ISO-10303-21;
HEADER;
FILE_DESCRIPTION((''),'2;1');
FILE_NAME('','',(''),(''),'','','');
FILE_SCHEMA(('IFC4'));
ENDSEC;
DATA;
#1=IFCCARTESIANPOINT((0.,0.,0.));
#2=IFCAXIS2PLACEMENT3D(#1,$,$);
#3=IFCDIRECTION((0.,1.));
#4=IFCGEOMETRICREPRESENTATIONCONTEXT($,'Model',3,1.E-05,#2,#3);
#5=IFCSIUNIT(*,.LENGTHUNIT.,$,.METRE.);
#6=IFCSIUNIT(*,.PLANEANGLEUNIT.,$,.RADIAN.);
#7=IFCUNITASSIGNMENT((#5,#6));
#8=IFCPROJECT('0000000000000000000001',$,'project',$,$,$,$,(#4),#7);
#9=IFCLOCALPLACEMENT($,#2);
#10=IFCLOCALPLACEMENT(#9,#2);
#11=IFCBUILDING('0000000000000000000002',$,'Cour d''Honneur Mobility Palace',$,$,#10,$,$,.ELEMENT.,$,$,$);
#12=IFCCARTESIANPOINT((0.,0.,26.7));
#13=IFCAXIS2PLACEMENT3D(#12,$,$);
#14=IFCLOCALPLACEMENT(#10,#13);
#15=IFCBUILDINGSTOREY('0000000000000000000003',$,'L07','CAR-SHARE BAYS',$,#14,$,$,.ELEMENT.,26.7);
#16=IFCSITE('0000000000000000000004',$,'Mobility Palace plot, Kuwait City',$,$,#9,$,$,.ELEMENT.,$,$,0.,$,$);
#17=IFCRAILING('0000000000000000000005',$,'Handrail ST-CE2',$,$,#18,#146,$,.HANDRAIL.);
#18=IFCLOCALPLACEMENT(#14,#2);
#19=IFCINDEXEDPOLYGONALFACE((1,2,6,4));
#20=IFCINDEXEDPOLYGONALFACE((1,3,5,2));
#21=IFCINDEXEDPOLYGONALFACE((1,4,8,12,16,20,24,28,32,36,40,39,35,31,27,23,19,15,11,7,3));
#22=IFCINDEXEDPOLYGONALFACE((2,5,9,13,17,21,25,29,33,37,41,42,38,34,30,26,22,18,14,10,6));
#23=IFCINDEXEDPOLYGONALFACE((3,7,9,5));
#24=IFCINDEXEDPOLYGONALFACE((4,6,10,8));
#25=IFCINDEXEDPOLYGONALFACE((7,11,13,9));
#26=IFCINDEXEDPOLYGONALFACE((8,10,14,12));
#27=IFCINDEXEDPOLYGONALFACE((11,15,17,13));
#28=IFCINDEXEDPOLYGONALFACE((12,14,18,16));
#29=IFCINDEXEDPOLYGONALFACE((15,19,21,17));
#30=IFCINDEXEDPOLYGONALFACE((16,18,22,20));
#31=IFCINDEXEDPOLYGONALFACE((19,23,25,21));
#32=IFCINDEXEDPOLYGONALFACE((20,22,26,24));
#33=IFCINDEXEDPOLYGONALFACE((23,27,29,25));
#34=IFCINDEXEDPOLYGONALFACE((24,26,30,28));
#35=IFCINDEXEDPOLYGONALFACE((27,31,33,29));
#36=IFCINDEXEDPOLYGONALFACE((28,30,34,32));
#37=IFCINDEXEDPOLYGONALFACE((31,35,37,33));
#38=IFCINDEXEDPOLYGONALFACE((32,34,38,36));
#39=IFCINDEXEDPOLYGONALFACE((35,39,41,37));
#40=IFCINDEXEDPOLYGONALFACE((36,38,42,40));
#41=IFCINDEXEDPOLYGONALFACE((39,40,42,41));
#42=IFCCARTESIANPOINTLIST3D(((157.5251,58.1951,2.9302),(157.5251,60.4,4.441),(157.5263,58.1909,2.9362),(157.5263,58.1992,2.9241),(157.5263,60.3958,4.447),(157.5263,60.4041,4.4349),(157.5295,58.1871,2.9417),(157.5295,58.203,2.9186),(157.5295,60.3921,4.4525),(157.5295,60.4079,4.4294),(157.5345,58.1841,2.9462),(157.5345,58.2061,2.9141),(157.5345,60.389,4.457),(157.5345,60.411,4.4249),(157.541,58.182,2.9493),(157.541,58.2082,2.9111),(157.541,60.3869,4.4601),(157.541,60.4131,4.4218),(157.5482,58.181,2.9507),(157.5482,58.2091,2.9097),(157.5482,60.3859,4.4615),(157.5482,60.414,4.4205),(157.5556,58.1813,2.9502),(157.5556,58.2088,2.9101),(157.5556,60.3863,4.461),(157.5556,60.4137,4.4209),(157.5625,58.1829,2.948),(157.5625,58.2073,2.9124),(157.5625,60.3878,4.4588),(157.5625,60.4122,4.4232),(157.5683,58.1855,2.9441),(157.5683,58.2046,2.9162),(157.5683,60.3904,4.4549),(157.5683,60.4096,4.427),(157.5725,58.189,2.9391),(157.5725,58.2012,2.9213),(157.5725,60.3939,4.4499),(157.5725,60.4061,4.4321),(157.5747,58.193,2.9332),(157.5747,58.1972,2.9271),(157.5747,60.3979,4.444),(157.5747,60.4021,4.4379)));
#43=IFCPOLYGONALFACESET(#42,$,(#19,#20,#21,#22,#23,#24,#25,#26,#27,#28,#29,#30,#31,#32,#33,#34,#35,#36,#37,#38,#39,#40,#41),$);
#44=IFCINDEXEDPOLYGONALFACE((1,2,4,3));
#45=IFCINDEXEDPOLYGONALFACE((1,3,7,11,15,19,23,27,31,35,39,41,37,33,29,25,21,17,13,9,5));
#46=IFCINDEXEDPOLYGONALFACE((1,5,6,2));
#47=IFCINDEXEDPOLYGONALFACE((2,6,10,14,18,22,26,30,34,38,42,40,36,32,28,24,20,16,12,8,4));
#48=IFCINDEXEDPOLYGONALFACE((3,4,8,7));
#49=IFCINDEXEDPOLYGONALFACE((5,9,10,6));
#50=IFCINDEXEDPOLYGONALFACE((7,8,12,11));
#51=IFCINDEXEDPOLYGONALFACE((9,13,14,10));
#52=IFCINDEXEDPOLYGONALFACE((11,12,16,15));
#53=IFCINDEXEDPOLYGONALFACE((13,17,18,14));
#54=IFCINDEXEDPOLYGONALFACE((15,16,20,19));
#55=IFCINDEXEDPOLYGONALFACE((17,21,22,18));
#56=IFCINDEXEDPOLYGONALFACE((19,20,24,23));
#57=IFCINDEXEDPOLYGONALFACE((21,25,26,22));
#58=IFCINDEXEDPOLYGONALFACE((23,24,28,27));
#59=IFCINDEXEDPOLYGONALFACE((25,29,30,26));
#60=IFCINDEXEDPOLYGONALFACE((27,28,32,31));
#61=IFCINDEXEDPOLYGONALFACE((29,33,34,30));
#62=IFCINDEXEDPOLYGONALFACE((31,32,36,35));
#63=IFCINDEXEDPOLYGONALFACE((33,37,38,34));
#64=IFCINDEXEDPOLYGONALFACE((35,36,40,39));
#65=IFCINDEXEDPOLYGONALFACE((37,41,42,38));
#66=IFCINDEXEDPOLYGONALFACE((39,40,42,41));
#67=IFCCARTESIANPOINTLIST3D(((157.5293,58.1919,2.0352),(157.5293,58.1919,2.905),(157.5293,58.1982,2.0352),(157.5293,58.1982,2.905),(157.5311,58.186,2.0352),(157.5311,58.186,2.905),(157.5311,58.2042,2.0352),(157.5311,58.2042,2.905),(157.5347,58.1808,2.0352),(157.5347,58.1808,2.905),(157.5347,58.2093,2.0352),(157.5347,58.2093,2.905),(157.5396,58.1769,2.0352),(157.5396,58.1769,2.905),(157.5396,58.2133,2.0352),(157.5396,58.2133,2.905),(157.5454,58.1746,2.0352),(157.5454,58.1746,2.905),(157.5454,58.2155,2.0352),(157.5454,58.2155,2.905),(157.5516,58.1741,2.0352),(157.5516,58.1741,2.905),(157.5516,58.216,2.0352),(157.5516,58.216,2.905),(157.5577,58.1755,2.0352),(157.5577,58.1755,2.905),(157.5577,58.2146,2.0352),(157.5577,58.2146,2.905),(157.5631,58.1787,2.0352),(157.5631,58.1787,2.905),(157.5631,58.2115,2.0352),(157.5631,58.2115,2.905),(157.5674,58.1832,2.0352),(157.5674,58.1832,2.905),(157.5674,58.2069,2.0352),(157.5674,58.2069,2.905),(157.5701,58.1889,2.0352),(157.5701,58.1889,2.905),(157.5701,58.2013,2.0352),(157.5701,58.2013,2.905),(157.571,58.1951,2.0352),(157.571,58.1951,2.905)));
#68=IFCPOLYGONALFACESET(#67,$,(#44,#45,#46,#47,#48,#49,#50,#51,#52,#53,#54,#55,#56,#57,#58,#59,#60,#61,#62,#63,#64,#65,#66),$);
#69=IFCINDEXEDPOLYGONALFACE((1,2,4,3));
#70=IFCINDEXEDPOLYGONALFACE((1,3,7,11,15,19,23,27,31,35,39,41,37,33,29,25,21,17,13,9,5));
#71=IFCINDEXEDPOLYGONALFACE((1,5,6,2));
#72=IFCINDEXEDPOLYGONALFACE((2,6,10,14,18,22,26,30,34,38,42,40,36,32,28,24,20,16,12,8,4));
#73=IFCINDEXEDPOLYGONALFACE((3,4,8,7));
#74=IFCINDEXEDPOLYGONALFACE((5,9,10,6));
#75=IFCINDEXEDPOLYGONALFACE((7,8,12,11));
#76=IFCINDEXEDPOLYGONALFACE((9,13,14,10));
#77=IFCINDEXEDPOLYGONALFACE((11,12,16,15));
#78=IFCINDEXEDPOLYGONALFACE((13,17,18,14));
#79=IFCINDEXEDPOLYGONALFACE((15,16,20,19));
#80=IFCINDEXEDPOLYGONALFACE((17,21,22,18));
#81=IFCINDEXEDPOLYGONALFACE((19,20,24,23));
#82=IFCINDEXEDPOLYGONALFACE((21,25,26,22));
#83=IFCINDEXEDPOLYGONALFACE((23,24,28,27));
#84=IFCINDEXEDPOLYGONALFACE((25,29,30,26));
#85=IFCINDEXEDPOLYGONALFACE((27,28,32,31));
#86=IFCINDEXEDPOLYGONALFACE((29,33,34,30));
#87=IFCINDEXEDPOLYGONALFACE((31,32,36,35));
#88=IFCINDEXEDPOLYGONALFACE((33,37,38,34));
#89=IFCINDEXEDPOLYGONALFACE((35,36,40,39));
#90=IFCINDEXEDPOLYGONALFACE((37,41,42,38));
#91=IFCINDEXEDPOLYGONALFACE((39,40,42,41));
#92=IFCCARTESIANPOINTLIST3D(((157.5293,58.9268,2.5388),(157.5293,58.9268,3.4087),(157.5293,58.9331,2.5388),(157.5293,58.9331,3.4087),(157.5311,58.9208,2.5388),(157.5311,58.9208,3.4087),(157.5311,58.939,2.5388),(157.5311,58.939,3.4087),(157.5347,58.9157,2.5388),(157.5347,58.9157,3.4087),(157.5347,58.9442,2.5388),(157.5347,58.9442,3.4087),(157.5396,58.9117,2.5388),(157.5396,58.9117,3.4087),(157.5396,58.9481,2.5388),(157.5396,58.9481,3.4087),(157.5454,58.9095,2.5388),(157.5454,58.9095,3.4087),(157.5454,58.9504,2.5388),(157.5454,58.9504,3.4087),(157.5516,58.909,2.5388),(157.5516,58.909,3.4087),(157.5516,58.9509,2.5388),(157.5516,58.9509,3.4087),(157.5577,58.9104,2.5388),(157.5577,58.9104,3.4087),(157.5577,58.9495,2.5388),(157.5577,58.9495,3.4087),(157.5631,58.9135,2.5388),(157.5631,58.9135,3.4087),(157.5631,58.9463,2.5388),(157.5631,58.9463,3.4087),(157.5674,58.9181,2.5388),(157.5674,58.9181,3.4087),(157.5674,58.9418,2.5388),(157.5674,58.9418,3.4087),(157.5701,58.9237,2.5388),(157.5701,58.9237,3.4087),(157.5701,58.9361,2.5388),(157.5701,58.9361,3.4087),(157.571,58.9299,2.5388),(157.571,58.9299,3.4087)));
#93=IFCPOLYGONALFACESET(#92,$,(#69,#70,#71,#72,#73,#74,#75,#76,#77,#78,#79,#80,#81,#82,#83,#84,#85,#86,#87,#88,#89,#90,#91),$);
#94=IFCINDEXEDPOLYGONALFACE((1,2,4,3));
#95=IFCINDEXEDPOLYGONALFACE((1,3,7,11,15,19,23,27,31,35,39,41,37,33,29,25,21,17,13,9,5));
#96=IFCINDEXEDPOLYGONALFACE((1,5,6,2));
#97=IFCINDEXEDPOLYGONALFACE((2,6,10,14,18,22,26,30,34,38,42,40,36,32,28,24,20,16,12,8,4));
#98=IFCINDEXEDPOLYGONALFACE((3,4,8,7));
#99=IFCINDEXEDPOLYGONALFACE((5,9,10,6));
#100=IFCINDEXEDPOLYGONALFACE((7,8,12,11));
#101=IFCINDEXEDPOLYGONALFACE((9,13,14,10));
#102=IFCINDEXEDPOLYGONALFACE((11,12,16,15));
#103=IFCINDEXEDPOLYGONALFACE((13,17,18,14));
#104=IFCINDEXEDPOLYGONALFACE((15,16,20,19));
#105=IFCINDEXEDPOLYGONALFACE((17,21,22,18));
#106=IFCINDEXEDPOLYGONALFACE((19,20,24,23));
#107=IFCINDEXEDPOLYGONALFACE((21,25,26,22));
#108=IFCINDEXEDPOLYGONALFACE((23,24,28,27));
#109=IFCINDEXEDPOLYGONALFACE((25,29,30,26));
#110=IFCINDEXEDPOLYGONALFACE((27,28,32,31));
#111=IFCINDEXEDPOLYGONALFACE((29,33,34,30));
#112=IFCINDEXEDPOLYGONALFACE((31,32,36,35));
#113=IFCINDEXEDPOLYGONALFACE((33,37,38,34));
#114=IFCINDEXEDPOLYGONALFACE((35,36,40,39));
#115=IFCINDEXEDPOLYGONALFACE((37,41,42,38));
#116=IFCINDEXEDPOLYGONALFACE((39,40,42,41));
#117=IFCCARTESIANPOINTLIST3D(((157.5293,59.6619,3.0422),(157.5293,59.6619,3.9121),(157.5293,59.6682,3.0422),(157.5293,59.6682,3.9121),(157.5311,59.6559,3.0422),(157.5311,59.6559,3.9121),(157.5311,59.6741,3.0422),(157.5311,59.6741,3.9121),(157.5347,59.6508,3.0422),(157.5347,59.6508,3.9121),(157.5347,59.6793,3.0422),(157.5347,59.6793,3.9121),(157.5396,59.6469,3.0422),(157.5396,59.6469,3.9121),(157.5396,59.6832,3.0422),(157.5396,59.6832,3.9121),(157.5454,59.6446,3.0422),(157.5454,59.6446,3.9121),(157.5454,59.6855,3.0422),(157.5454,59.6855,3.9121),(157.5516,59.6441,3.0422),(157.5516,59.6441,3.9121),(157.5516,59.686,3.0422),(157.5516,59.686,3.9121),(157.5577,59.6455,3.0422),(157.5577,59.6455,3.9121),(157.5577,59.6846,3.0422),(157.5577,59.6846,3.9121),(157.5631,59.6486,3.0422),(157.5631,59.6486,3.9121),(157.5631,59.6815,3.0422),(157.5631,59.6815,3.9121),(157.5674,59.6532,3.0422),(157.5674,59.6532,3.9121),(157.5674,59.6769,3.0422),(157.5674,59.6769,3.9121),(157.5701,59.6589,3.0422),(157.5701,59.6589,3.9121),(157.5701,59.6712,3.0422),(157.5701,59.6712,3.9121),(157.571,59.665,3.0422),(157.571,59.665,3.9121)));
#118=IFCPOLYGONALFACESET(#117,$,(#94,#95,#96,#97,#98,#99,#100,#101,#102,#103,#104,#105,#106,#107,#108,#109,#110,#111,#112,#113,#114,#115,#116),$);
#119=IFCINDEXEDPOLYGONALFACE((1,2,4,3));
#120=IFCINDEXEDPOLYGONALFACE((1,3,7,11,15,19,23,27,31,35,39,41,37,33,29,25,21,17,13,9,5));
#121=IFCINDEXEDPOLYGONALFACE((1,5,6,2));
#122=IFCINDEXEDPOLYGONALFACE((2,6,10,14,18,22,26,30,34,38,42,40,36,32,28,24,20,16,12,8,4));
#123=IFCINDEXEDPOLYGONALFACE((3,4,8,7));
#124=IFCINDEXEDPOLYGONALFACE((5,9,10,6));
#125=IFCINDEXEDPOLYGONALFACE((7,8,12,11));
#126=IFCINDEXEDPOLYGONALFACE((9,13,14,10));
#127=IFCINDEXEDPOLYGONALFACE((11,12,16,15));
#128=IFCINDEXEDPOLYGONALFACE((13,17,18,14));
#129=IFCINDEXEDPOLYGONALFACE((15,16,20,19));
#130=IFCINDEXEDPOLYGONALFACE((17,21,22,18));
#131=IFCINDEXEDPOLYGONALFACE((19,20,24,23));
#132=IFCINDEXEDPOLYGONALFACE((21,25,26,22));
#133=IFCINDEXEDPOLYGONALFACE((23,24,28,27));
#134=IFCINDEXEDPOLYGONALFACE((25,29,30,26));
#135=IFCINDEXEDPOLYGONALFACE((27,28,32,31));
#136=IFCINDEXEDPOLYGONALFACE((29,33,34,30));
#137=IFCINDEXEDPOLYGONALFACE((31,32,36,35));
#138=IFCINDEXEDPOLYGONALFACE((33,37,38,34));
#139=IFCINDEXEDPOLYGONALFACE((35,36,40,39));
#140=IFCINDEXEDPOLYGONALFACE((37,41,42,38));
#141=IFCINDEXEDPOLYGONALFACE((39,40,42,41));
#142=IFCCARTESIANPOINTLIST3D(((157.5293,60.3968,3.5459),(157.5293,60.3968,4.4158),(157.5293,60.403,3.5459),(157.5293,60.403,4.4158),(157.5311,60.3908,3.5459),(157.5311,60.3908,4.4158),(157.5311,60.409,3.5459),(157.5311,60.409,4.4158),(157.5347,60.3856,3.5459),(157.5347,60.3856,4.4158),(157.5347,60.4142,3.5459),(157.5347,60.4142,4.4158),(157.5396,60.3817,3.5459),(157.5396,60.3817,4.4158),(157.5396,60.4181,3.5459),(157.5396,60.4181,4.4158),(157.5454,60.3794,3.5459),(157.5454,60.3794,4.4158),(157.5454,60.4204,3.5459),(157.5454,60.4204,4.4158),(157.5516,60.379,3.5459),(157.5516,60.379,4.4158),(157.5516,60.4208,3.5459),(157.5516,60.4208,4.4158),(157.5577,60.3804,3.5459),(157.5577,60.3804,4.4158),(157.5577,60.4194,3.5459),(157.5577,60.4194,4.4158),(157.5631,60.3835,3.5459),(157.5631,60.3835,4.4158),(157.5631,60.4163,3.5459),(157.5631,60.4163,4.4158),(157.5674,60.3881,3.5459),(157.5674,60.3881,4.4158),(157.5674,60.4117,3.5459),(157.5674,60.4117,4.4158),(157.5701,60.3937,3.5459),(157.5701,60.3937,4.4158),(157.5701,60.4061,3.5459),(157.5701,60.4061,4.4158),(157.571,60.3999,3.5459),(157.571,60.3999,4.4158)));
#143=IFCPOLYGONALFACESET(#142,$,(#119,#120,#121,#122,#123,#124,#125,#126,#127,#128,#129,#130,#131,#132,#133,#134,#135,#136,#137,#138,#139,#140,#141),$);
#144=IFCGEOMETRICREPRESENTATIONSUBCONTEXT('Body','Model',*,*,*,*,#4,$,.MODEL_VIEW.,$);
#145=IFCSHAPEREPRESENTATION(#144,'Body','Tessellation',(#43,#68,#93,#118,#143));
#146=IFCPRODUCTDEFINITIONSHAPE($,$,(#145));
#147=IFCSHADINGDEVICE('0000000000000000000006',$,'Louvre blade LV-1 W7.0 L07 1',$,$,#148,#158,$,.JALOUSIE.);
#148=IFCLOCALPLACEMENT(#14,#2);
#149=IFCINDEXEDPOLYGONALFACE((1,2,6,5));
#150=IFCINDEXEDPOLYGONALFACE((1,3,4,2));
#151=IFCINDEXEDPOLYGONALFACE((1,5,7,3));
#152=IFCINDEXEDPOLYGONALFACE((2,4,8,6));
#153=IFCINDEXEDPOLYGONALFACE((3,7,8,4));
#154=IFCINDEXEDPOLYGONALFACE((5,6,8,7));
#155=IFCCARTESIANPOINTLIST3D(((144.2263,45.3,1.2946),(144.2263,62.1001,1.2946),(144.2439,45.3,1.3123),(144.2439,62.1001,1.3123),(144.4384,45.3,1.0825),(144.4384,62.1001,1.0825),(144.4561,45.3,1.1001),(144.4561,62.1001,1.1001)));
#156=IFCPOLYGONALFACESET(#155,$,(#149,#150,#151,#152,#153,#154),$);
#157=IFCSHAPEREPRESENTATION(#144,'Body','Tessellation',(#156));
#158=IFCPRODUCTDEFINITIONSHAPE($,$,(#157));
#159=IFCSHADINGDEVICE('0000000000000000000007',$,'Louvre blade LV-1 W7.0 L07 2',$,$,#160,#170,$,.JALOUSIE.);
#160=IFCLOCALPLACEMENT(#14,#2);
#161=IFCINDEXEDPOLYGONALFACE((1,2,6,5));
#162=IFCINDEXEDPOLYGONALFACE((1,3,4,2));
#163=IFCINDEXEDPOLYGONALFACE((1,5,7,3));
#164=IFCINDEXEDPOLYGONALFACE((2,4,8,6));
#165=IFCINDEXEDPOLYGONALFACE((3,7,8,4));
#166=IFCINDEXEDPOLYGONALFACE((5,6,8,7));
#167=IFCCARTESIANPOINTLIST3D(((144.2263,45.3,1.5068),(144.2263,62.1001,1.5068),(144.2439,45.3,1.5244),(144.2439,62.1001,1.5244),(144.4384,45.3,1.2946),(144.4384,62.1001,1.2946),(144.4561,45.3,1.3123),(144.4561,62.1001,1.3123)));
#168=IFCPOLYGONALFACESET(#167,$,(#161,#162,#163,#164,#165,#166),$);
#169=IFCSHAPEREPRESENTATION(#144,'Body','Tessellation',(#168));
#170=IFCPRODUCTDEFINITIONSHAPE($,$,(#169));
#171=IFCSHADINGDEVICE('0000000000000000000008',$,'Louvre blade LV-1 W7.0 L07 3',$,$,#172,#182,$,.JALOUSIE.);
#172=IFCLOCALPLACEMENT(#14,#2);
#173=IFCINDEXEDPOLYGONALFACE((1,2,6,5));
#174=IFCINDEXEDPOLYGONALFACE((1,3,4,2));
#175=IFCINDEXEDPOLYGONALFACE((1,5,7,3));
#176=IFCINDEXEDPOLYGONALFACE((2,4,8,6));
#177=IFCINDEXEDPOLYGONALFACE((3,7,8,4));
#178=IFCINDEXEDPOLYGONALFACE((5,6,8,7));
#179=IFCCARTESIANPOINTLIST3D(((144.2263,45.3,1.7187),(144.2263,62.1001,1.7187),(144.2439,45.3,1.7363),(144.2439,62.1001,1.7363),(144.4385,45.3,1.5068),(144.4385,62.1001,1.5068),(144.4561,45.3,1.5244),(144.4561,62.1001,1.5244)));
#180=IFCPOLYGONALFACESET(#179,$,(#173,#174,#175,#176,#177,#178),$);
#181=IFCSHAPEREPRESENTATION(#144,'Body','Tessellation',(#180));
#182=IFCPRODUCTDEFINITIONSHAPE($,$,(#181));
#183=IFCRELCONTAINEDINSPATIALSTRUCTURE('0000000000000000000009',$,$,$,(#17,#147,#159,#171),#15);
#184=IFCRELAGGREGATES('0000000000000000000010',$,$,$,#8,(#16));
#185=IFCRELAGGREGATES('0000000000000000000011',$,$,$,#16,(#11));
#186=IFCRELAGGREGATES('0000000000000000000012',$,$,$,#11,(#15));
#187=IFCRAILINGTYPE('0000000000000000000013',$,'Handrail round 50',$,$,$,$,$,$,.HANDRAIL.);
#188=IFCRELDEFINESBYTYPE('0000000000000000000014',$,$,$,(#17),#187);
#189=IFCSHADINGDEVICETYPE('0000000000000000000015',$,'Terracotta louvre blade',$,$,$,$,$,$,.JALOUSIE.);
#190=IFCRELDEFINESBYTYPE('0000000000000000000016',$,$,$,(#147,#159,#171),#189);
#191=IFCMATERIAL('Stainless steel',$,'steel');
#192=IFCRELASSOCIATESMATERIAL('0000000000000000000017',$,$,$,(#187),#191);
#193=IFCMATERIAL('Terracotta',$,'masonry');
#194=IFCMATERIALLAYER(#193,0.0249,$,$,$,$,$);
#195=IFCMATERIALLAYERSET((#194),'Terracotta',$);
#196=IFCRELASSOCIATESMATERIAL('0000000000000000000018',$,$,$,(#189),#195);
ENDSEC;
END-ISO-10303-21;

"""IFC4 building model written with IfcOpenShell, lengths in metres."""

from ifc_helpers import new_model, si_unit, direction, frame, origin, origin_2d, place, context, subcontext, project, spatial, polyline, circle, outline, extrude, material, layer, layer_set, type_object, element, save


model = new_model("IFC4")

# Units and contexts
model_context = context("Model", 3, precision=1e-05, world=origin(), true_north=direction((0.0, 1.0)))
body_context = subcontext(model_context, "Body", "Model", "MODEL_VIEW")
ifc_project = project(units=[si_unit("LENGTHUNIT", "METRE"), si_unit("PLANEANGLEUNIT", "RADIAN")], contexts=[model_context])

# Site, building, storey
site_placement = place(None, origin())
site = spatial("IfcSite", under=ifc_project, at=site_placement, Name="Mobility Palace plot, Kuwait City", CompositionType="ELEMENT", RefElevation=0.0)
building_placement = place(site_placement, origin())
building = spatial("IfcBuilding", under=site, at=building_placement, Name="Cour d'Honneur Mobility Palace", CompositionType="ELEMENT")
storey_placement = place(building_placement, frame((0.0, 0.0, 26.7)))
storey = spatial("IfcBuildingStorey", under=building, at=storey_placement, Name="L07", Description="CAR-SHARE BAYS", CompositionType="ELEMENT", Elevation=26.7)

# Railing
ifc_material_1 = material(Name="Stainless steel", Category="steel")
railing_type_1 = type_object("IfcRailingType", Name="Handrail round 50", PredefinedType="HANDRAIL", material=ifc_material_1)
railing_1_placement = place(storey_placement, frame((157.55, 58.1951, 2.0352)))
element("IfcRailing", 1, at=railing_1_placement, inside=storey, type_object=railing_type_1, Name="Handrail ST-CE2", PredefinedType="HANDRAIL", context=body_context, shape_type="SweptSolid", body=[
    extrude(circle(Radius=0.0249, at=origin_2d()), frame((0.0, 0.0, 0.895), z_axis=(0.0, 0.824928, 0.565237), x_axis=(-1.0, 0.0, 0.0)), (0.0, 0.0, 1.0), 2.6729),
    extrude(circle(Radius=0.021, at=origin_2d()), origin(), (0.0, 0.0, 1.0), 0.8699),
    extrude(circle(Radius=0.021, at=origin_2d()), frame((0.0, 0.7349, 0.5037)), (0.0, 0.0, 1.0), 0.8699),
    extrude(circle(Radius=0.021, at=origin_2d()), frame((0.0, 1.47, 1.0071)), (0.0, 0.0, 1.0), 0.8699),
    extrude(circle(Radius=0.021, at=origin_2d()), frame((0.0, 2.2048, 1.5107)), (0.0, 0.0, 1.0), 0.8699),
])

# Shading devices
ifc_material_2 = material(Name="Terracotta", Category="masonry")
ifc_layer_1 = layer(ifc_material_2, 0.0249)
ifc_layer_set_1 = layer_set([ifc_layer_1], Name="Terracotta")
shading_device_type = type_object("IfcShadingDeviceType", Name="Terracotta louvre blade", PredefinedType="JALOUSIE", material=ifc_layer_set_1)
for number, where, z_axis, x_axis, name in (
    (2, (144.4561, 62.1001, 1.1001), (0.707107, 0.0, 0.707107), (0.0, -1.0, 0.0), "Louvre blade LV-1 W7.0 L07 1"),
    (3, (144.4561, 62.1001, 1.3123), (0.707107, 0.0, 0.707107), (0.0, -1.0, 0.0), "Louvre blade LV-1 W7.0 L07 2"),
):
    element("IfcShadingDevice", number, at=place(storey_placement, frame(where, z_axis=z_axis, x_axis=x_axis)), inside=storey, type_object=shading_device_type, Name=name, PredefinedType="JALOUSIE", context=body_context, shape_type="SweptSolid", body=[
        extrude(outline(polyline([(0.0, 0.0), (16.8, 0.0), (16.8, -0.3), (0.0, -0.3), (0.0, 0.0)])), origin(), (0.0, 0.0, -1.0), 0.0249),
    ])
shading_device_placement = place(storey_placement, frame((144.4561, 62.1001, 1.5244), z_axis=(0.7067, 0.0, 0.707514), x_axis=(0.0, -1.0, 0.0)))
element("IfcShadingDevice", 4, at=shading_device_placement, inside=storey, type_object=shading_device_type, Name="Louvre blade LV-1 W7.0 L07 3", PredefinedType="JALOUSIE", context=body_context, shape_type="SweptSolid", body=[
    extrude(outline(polyline([(0.0, 0.0), (16.8, 0.0), (16.8, -0.2999), (0.0, -0.2999), (0.0, 0.0)])), origin(), (0.0, 0.0, -1.0), 0.0249),
])

save(model, "model.ifc")
